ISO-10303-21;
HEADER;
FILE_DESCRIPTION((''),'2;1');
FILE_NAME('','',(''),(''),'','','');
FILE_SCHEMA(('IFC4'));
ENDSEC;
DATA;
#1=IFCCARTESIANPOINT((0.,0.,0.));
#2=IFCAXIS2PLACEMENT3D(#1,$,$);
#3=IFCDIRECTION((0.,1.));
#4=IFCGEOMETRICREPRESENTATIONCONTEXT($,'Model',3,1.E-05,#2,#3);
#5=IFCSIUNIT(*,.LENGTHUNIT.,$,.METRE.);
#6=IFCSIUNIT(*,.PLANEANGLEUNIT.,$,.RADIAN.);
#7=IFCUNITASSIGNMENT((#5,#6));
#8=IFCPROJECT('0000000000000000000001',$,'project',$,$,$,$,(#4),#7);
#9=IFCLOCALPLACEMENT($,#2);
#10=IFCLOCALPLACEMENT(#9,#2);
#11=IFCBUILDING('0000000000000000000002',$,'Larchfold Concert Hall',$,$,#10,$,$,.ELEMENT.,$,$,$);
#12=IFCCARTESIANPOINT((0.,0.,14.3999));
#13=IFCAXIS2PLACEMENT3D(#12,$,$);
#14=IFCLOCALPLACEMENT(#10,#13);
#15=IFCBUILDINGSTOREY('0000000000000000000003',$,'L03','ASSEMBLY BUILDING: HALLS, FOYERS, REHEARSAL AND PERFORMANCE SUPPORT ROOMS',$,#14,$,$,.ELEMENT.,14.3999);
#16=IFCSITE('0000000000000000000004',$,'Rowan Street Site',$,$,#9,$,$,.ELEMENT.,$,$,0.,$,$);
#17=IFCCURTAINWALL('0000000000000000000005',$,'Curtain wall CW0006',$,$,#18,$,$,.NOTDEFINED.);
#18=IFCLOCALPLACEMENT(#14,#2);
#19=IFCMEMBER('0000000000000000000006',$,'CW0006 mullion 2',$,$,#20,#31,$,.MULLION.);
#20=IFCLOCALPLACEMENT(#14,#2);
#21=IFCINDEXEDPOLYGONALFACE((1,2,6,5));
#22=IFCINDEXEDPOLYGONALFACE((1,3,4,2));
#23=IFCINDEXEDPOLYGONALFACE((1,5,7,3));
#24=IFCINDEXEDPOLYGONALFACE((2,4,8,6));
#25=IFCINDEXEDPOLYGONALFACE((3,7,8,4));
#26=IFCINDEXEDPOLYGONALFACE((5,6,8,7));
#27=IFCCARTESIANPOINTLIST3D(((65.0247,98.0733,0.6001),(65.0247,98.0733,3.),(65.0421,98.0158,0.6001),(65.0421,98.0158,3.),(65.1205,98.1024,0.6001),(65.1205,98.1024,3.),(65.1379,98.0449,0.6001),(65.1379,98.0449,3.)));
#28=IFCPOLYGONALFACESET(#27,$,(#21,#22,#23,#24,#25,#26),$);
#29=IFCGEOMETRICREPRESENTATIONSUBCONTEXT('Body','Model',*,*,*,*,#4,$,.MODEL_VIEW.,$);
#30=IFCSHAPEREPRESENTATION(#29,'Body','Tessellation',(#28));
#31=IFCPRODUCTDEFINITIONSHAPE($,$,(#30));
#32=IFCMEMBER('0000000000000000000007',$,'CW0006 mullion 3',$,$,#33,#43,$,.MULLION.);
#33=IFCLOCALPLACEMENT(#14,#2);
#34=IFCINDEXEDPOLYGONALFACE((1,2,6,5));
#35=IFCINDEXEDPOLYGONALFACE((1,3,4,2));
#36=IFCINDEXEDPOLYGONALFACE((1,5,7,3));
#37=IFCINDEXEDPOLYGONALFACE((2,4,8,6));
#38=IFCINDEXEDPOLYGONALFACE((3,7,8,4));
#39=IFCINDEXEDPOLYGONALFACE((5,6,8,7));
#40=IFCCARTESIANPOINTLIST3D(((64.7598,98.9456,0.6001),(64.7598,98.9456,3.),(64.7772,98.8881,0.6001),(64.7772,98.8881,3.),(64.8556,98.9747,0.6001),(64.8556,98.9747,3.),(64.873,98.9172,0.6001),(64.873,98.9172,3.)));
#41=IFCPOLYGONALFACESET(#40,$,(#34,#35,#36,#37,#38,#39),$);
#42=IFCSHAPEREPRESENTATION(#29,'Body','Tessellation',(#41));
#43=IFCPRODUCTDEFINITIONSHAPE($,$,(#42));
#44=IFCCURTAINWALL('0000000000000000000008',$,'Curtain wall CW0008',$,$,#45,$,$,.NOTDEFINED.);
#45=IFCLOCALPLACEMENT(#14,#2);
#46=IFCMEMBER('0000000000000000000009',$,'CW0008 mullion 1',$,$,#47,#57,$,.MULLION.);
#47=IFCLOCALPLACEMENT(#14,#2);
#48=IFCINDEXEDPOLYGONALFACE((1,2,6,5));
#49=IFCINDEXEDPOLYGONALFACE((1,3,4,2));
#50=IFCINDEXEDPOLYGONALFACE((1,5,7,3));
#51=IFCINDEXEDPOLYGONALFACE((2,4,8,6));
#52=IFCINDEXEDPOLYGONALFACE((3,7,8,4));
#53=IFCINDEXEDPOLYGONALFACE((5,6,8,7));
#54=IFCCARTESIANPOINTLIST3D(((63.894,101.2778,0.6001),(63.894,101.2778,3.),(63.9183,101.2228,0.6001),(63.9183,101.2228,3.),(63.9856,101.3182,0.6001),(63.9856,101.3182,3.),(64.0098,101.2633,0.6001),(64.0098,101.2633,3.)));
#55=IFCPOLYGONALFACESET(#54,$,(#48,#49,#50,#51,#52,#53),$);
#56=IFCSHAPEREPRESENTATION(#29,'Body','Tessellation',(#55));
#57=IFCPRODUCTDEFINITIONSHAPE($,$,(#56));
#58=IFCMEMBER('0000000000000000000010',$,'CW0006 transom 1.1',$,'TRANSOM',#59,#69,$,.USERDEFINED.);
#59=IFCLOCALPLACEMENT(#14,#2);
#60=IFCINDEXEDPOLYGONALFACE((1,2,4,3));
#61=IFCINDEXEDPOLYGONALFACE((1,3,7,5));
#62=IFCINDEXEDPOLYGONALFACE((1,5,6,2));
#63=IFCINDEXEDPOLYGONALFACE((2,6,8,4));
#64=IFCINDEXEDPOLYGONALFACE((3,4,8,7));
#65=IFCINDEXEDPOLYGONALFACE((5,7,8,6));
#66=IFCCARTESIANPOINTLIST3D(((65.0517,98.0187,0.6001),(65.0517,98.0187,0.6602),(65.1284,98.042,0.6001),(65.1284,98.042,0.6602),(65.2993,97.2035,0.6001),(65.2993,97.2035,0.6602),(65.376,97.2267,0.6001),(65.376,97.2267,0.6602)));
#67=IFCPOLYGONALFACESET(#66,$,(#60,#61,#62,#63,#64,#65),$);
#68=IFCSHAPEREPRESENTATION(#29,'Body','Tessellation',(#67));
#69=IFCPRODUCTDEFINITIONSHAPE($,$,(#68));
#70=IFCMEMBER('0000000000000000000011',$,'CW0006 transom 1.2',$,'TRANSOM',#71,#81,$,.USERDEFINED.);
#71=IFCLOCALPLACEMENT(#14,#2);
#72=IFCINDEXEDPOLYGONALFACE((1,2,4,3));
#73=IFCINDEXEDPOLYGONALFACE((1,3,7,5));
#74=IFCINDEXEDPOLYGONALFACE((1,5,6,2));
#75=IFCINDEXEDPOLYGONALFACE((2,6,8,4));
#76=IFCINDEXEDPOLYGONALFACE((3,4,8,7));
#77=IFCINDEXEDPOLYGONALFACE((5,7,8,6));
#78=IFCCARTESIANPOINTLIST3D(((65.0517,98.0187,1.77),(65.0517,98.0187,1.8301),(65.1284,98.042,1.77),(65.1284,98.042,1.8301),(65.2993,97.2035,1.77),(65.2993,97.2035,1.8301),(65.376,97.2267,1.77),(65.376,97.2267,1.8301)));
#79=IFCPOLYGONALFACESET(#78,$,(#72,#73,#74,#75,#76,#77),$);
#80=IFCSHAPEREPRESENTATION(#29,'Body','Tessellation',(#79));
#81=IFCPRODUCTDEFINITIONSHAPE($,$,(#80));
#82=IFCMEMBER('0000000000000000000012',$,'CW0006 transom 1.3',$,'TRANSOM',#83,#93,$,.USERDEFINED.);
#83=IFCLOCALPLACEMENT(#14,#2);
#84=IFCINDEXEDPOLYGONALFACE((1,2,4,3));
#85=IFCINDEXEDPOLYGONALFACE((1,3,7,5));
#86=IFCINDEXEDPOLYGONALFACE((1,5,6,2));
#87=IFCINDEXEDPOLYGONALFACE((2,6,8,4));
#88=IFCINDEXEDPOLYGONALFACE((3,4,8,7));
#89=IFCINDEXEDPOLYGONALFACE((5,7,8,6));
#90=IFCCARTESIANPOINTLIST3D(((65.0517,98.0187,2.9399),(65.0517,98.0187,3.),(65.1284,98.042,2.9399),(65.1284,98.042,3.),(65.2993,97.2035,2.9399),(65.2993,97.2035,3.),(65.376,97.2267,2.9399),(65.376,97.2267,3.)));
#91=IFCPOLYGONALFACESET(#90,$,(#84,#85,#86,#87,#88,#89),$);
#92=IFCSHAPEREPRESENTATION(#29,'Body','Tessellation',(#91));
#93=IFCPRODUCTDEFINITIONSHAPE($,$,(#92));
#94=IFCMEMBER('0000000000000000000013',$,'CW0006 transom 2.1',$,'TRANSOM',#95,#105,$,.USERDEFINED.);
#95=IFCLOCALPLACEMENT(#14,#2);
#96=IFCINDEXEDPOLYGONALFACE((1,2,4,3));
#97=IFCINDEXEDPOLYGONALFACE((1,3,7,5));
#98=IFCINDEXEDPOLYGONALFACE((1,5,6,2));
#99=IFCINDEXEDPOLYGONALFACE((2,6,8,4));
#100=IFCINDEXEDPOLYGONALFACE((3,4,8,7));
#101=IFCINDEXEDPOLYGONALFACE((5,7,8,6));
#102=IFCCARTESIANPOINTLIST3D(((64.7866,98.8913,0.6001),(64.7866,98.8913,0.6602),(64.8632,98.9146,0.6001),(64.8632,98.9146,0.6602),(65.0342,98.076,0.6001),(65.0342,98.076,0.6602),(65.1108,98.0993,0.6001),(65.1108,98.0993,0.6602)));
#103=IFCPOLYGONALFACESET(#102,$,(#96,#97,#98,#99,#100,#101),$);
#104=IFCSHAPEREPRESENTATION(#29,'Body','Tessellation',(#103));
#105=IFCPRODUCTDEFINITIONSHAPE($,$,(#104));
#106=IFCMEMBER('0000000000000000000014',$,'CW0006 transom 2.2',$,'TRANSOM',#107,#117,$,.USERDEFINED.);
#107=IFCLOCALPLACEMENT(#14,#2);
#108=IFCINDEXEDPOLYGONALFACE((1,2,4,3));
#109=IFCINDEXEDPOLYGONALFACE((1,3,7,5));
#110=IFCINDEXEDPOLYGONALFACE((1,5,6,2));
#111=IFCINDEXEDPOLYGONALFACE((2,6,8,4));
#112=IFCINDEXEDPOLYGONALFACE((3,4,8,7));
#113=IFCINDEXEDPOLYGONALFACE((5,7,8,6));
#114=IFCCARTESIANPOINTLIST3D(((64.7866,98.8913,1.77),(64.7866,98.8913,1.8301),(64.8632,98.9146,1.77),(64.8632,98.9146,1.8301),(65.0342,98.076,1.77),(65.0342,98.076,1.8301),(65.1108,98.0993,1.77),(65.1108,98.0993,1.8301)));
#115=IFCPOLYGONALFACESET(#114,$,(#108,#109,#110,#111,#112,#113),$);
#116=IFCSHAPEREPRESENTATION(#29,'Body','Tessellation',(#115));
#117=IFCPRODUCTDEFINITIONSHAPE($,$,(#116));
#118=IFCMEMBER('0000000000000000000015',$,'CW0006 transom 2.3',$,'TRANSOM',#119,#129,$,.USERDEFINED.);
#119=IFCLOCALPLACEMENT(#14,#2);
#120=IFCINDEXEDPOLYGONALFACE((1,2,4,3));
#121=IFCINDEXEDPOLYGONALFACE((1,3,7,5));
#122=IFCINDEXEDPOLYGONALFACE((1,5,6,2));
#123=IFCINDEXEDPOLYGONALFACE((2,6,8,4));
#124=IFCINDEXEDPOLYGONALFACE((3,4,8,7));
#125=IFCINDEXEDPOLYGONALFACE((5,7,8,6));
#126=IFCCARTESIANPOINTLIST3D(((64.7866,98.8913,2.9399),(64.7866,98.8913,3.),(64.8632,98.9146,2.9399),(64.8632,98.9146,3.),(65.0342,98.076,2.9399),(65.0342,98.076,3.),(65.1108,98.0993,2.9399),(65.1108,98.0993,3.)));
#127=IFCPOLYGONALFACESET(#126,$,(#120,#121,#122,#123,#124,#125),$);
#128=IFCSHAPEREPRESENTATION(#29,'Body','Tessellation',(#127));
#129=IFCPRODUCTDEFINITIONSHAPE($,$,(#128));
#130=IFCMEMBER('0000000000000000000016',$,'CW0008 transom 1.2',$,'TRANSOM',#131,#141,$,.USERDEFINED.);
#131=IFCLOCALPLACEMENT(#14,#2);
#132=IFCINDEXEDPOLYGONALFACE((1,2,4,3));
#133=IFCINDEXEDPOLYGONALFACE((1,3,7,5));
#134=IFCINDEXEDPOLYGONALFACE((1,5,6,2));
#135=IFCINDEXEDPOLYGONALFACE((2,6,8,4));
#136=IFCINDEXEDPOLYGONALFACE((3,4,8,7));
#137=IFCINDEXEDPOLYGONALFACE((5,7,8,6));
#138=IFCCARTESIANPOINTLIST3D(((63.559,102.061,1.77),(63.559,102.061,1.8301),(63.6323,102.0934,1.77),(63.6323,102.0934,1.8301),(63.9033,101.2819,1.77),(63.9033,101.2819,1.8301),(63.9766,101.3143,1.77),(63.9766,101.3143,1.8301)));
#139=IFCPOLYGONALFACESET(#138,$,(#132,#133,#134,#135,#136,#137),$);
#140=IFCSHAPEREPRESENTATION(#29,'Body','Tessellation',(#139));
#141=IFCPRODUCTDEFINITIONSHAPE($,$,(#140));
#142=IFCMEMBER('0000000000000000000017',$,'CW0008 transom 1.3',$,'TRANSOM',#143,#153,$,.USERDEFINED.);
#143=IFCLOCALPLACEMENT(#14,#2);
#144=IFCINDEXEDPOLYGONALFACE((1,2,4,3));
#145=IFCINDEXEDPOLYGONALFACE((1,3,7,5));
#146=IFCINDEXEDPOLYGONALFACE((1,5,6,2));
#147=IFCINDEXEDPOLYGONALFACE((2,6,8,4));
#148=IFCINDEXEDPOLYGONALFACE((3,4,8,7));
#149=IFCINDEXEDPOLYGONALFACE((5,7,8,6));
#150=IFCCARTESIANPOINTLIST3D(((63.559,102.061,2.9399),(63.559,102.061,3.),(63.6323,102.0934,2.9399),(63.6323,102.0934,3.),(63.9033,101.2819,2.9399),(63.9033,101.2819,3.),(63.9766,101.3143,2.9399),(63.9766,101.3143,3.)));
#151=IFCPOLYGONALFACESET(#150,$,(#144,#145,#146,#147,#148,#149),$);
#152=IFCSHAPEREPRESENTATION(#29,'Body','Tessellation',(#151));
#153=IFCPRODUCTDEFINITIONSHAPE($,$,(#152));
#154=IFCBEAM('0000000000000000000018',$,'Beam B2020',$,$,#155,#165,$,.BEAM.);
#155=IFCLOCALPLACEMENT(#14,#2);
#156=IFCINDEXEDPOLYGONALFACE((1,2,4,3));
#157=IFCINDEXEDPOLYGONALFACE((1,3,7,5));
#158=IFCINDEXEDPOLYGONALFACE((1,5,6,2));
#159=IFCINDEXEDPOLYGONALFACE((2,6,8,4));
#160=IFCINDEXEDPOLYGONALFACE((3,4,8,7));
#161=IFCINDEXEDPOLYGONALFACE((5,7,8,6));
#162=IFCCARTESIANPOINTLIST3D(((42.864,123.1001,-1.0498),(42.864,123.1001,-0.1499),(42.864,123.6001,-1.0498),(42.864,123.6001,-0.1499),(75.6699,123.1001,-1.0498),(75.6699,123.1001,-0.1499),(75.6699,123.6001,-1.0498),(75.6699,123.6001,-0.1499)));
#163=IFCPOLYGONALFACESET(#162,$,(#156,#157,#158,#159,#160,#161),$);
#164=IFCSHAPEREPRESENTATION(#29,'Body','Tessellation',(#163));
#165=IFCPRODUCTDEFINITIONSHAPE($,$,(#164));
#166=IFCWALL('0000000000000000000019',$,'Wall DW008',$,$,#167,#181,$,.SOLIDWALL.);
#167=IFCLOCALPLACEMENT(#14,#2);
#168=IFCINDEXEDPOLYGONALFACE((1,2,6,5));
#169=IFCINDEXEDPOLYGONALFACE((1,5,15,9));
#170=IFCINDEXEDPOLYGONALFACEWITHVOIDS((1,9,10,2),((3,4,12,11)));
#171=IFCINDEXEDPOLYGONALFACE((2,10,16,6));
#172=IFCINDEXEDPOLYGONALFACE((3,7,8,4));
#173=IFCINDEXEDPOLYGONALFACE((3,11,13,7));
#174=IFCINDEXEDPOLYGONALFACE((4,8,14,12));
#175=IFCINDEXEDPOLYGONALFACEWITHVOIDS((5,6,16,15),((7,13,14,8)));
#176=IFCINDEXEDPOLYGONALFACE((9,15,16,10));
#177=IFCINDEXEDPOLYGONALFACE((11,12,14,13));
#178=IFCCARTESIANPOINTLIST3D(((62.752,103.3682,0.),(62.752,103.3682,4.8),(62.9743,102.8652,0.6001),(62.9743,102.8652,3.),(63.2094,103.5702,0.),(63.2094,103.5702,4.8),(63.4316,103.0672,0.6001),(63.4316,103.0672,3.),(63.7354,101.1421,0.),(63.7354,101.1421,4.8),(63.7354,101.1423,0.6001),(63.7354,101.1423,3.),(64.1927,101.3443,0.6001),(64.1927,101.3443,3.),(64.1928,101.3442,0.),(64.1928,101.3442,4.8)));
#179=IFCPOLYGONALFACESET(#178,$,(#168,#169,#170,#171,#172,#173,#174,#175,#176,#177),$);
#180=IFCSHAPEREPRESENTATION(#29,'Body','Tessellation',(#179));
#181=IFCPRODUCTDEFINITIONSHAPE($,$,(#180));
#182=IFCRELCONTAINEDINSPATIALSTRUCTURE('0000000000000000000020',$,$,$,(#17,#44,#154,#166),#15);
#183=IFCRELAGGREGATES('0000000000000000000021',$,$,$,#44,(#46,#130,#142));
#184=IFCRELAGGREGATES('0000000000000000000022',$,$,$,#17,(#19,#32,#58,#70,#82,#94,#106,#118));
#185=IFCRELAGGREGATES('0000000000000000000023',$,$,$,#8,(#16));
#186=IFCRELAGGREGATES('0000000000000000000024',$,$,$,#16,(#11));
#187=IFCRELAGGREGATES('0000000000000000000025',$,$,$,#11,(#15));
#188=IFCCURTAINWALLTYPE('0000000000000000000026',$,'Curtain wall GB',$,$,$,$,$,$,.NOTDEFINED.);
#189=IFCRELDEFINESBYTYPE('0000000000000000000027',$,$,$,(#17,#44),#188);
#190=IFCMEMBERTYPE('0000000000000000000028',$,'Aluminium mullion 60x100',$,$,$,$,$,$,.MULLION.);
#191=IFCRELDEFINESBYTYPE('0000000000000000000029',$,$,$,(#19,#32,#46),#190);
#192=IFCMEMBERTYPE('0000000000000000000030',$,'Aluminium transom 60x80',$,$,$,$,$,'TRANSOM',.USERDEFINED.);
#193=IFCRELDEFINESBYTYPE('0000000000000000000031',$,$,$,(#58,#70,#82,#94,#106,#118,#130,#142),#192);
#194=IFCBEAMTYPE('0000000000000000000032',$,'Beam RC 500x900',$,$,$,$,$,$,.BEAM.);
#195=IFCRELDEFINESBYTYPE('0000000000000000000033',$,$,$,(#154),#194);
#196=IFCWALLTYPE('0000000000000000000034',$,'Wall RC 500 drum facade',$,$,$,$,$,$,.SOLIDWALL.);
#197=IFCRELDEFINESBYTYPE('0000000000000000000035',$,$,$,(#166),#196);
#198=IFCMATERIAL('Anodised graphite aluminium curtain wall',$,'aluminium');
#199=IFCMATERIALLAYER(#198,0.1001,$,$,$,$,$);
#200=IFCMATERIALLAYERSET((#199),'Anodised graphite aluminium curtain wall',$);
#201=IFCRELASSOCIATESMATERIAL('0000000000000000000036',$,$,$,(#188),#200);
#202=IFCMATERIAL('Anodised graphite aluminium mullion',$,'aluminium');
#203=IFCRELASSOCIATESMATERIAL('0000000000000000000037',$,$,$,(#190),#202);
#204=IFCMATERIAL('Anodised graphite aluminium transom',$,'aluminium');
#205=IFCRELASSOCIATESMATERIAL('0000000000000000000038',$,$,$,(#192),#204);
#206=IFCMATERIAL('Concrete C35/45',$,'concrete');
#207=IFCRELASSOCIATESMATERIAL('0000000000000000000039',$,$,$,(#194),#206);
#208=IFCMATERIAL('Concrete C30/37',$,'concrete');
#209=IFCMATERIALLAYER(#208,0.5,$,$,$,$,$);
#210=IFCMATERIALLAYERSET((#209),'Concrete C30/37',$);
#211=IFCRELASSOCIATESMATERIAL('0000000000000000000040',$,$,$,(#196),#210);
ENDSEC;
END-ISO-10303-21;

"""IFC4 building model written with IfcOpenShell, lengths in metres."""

from ifc_helpers import new_model, si_unit, direction, frame, frame_2d, origin, origin_2d, place, context, subcontext, project, spatial, rectangle, extrude, material, layer, layer_set, material_profile, profile_set, type_object, element, fill, aggregate, save


model = new_model("IFC4")

# Units and contexts
model_context = context("Model", 3, precision=1e-05, world=origin(), true_north=direction((0.0, 1.0)))
body_context = subcontext(model_context, "Body", "Model", "MODEL_VIEW")
ifc_project = project(units=[si_unit("LENGTHUNIT", "METRE"), si_unit("PLANEANGLEUNIT", "RADIAN")], contexts=[model_context])

# Site, building, storey
site_placement = place(None, origin())
site = spatial("IfcSite", under=ifc_project, at=site_placement, Name="Rowan Street Site", CompositionType="ELEMENT", RefElevation=0.0)
building_placement = place(site_placement, origin())
building = spatial("IfcBuilding", under=site, at=building_placement, Name="Larchfold Concert Hall", CompositionType="ELEMENT")
storey_placement = place(building_placement, frame((0.0, 0.0, 14.3999)))
storey = spatial("IfcBuildingStorey", under=building, at=storey_placement, Name="L03", Description="ASSEMBLY BUILDING: HALLS, FOYERS, REHEARSAL AND PERFORMANCE SUPPORT ROOMS", CompositionType="ELEMENT", Elevation=14.3999)

# Curtain wall, members
ifc_material_1 = material(Name="Anodised graphite aluminium curtain wall", Category="aluminium")
ifc_layer_1 = layer(ifc_material_1, 0.1001)
ifc_layer_set_1 = layer_set([ifc_layer_1], Name="Anodised graphite aluminium curtain wall")
curtain_wall_type = type_object("IfcCurtainWallType", Name="Curtain wall GB", PredefinedType="NOTDEFINED", material=ifc_layer_set_1)
curtain_wall_1_placement = place(storey_placement, origin())
curtain_wall_1 = element("IfcCurtainWall", 1, at=curtain_wall_1_placement, inside=storey, type_object=curtain_wall_type, Name="Curtain wall CW0006", PredefinedType="NOTDEFINED")
ifc_material_2 = material(Name="Anodised graphite aluminium mullion", Category="aluminium")
ifc_material_profile_1 = material_profile(ifc_material_2, rectangle(XDim=0.1001, YDim=0.0601, at=origin_2d()))
ifc_profile_set_1 = profile_set([ifc_material_profile_1], Name="Anodised graphite aluminium mullion")
member_type_1 = type_object("IfcMemberType", Name="Aluminium mullion 60x100", PredefinedType="MULLION", material=ifc_profile_set_1)
member_1_placement = place(storey_placement, frame((65.0813, 98.0591, 0.6001), z_axis=(0.0, 0.0, 1.0), x_axis=(-0.956854, -0.290568, 0.0)))
member_1 = element("IfcMember", 2, at=member_1_placement, type_object=member_type_1, Name="CW0006 mullion 2", PredefinedType="MULLION", context=body_context, shape_type="SweptSolid", body=[
    extrude(rectangle(XDim=0.1001, YDim=0.0601, at=origin_2d()), origin(), (0.0, 0.0, 1.0), 2.3999),
])
member_2_placement = place(storey_placement, frame((64.8164, 98.9314, 0.6001), z_axis=(0.0, 0.0, 1.0), x_axis=(-0.956854, -0.290568, 0.0)))
member_2 = element("IfcMember", 3, at=member_2_placement, type_object=member_type_1, Name="CW0006 mullion 3", PredefinedType="MULLION", context=body_context, shape_type="SweptSolid", body=[
    extrude(rectangle(XDim=0.1001, YDim=0.0601, at=origin_2d()), origin(), (0.0, 0.0, 1.0), 2.3999),
])

# Curtain wall, member
curtain_wall_2_placement = place(storey_placement, origin())
curtain_wall_2 = element("IfcCurtainWall", 4, at=curtain_wall_2_placement, inside=storey, type_object=curtain_wall_type, Name="Curtain wall CW0008", PredefinedType="NOTDEFINED")
member_3_placement = place(storey_placement, frame((63.9519, 101.2705, 0.6001), z_axis=(0.0, 0.0, 1.0), x_axis=(-0.914745, -0.404033, 0.0)))
member_3 = element("IfcMember", 5, at=member_3_placement, type_object=member_type_1, Name="CW0008 mullion 1", PredefinedType="MULLION", context=body_context, shape_type="SweptSolid", body=[
    extrude(rectangle(XDim=0.1001, YDim=0.0601, at=origin_2d()), origin(), (0.0, 0.0, 1.0), 2.3999),
])

# Members
ifc_material_3 = material(Name="Anodised graphite aluminium transom", Category="aluminium")
ifc_material_profile_2 = material_profile(ifc_material_3, rectangle(XDim=0.0801, YDim=0.0601, at=origin_2d()))
ifc_profile_set_2 = profile_set([ifc_material_profile_2], Name="Anodised graphite aluminium transom")
member_type_2 = type_object("IfcMemberType", Name="Aluminium transom 60x80", ElementType="TRANSOM", PredefinedType="USERDEFINED", material=ifc_profile_set_2)
member_4_placement = place(storey_placement, frame((65.3376, 97.2151, 0.6301), z_axis=(-0.29058, 0.956851, 0.0), x_axis=(-0.956851, -0.29058, 0.0)))
member_4 = element("IfcMember", 6, at=member_4_placement, type_object=member_type_2, Name="CW0006 transom 1.1", ObjectType="TRANSOM", PredefinedType="USERDEFINED", context=body_context, shape_type="SweptSolid", body=[
    extrude(rectangle(XDim=0.0801, YDim=0.0601, at=origin_2d()), origin(), (0.0, 0.0, 1.0), 0.8521),
])
member_5_placement = place(storey_placement, frame((65.3376, 97.2151, 1.8), z_axis=(-0.29058, 0.956851, 0.0), x_axis=(-0.956851, -0.29058, 0.0)))
member_5 = element("IfcMember", 7, at=member_5_placement, type_object=member_type_2, Name="CW0006 transom 1.2", ObjectType="TRANSOM", PredefinedType="USERDEFINED", context=body_context, shape_type="SweptSolid", body=[
    extrude(rectangle(XDim=0.0801, YDim=0.0601, at=origin_2d()), origin(), (0.0, 0.0, 1.0), 0.8521),
])
member_6_placement = place(storey_placement, frame((65.3376, 97.2151, 2.97), z_axis=(-0.29058, 0.956851, 0.0), x_axis=(-0.956851, -0.29058, 0.0)))
member_6 = element("IfcMember", 8, at=member_6_placement, type_object=member_type_2, Name="CW0006 transom 1.3", ObjectType="TRANSOM", PredefinedType="USERDEFINED", context=body_context, shape_type="SweptSolid", body=[
    extrude(rectangle(XDim=0.0801, YDim=0.0601, at=origin_2d()), origin(), (0.0, 0.0, 1.0), 0.8521),
])
member_7_placement = place(storey_placement, frame((65.0725, 98.0876, 0.6301), z_axis=(-0.29058, 0.956851, 0.0), x_axis=(-0.956851, -0.29058, 0.0)))
member_7 = element("IfcMember", 9, at=member_7_placement, type_object=member_type_2, Name="CW0006 transom 2.1", ObjectType="TRANSOM", PredefinedType="USERDEFINED", context=body_context, shape_type="SweptSolid", body=[
    extrude(rectangle(XDim=0.0801, YDim=0.0601, at=origin_2d()), origin(), (0.0, 0.0, 1.0), 0.8521),
])
member_8_placement = place(storey_placement, frame((65.0725, 98.0876, 1.8), z_axis=(-0.29058, 0.956851, 0.0), x_axis=(-0.956851, -0.29058, 0.0)))
member_8 = element("IfcMember", 10, at=member_8_placement, type_object=member_type_2, Name="CW0006 transom 2.2", ObjectType="TRANSOM", PredefinedType="USERDEFINED", context=body_context, shape_type="SweptSolid", body=[
    extrude(rectangle(XDim=0.0801, YDim=0.0601, at=origin_2d()), origin(), (0.0, 0.0, 1.0), 0.8521),
])
member_9_placement = place(storey_placement, frame((65.0725, 98.0876, 2.97), z_axis=(-0.29058, 0.956851, 0.0), x_axis=(-0.956851, -0.29058, 0.0)))
member_9 = element("IfcMember", 11, at=member_9_placement, type_object=member_type_2, Name="CW0006 transom 2.3", ObjectType="TRANSOM", PredefinedType="USERDEFINED", context=body_context, shape_type="SweptSolid", body=[
    extrude(rectangle(XDim=0.0801, YDim=0.0601, at=origin_2d()), origin(), (0.0, 0.0, 1.0), 0.8521),
])
member_10_placement = place(storey_placement, frame((63.9399, 101.2981, 1.8), z_axis=(-0.404169, 0.914684, 0.0), x_axis=(-0.914684, -0.404169, 0.0)))
member_10 = element("IfcMember", 12, at=member_10_placement, type_object=member_type_2, Name="CW0008 transom 1.2", ObjectType="TRANSOM", PredefinedType="USERDEFINED", context=body_context, shape_type="SweptSolid", body=[
    extrude(rectangle(XDim=0.0801, YDim=0.0601, at=origin_2d()), origin(), (0.0, 0.0, 1.0), 0.8518),
])
member_11_placement = place(storey_placement, frame((63.9399, 101.2981, 2.97), z_axis=(-0.404169, 0.914684, 0.0), x_axis=(-0.914684, -0.404169, 0.0)))
member_11 = element("IfcMember", 13, at=member_11_placement, type_object=member_type_2, Name="CW0008 transom 1.3", ObjectType="TRANSOM", PredefinedType="USERDEFINED", context=body_context, shape_type="SweptSolid", body=[
    extrude(rectangle(XDim=0.0801, YDim=0.0601, at=origin_2d()), origin(), (0.0, 0.0, 1.0), 0.8518),
])
aggregate(curtain_wall_2, [member_3, member_10, member_11])

# Beam
ifc_material_4 = material(Name="Concrete C35/45", Category="concrete")
ifc_material_profile_3 = material_profile(ifc_material_4, rectangle(XDim=0.5, YDim=0.8999, at=origin_2d()))
ifc_profile_set_3 = profile_set([ifc_material_profile_3], Name="Concrete C35/45")
beam_type = type_object("IfcBeamType", Name="Beam RC 500x900", PredefinedType="BEAM", material=ifc_profile_set_3)
beam_1_placement = place(storey_placement, frame((75.6699, 123.3501, -0.5999), z_axis=(-1.0, 0.0, 0.0), x_axis=(0.0, -1.0, 0.0)))
element("IfcBeam", 14, at=beam_1_placement, inside=storey, type_object=beam_type, Name="Beam B2020", PredefinedType="BEAM", context=body_context, shape_type="SweptSolid", body=[
    extrude(rectangle(XDim=0.5, YDim=0.8999, at=origin_2d()), origin(), (0.0, 0.0, 1.0), 32.8059),
])

aggregate(curtain_wall_1, [member_1, member_2, member_4, member_5, member_6, member_7, member_8, member_9])

# Wall, opening
ifc_material_5 = material(Name="Concrete C30/37", Category="concrete")
ifc_layer_2 = layer(ifc_material_5, 0.5)
ifc_layer_set_2 = layer_set([ifc_layer_2], Name="Concrete C30/37")
wall_type = type_object("IfcWallType", Name="Wall RC 500 drum facade", PredefinedType="SOLIDWALL", material=ifc_layer_set_2)
wall_1_placement = place(storey_placement, frame((63.9641, 101.2432, 0.0), z_axis=(0.0, 0.0, 1.0), x_axis=(-0.40409, 0.914719, 0.0)))
wall_1 = element("IfcWall", 15, at=wall_1_placement, inside=storey, type_object=wall_type, Name="Wall DW008", PredefinedType="SOLIDWALL", context=body_context, shape_type="SweptSolid", body=[
    extrude(rectangle(XDim=2.4336, YDim=0.5, at=frame_2d((1.2168, 0.0))), origin(), (0.0, 0.0, 1.0), 4.8),
])
opening_1_placement = place(wall_1_placement, frame((0.0, 0.0, 0.6001)))
opening_1 = element("IfcOpeningElement", 16, at=opening_1_placement, cuts=wall_1, PredefinedType="OPENING", context=body_context, shape_type="SweptSolid", body=[
    extrude(rectangle(XDim=1.8835, YDim=2.3999, at=frame_2d((0.9419, 1.2))), frame((0.0, 0.26, 0.0), z_axis=(0.0, -1.0, 0.0), x_axis=(1.0, 0.0, 0.0)), (0.0, 0.0, 1.0), 0.52),
])
fill(opening_1, curtain_wall_2)

save(model, "model.ifc")
